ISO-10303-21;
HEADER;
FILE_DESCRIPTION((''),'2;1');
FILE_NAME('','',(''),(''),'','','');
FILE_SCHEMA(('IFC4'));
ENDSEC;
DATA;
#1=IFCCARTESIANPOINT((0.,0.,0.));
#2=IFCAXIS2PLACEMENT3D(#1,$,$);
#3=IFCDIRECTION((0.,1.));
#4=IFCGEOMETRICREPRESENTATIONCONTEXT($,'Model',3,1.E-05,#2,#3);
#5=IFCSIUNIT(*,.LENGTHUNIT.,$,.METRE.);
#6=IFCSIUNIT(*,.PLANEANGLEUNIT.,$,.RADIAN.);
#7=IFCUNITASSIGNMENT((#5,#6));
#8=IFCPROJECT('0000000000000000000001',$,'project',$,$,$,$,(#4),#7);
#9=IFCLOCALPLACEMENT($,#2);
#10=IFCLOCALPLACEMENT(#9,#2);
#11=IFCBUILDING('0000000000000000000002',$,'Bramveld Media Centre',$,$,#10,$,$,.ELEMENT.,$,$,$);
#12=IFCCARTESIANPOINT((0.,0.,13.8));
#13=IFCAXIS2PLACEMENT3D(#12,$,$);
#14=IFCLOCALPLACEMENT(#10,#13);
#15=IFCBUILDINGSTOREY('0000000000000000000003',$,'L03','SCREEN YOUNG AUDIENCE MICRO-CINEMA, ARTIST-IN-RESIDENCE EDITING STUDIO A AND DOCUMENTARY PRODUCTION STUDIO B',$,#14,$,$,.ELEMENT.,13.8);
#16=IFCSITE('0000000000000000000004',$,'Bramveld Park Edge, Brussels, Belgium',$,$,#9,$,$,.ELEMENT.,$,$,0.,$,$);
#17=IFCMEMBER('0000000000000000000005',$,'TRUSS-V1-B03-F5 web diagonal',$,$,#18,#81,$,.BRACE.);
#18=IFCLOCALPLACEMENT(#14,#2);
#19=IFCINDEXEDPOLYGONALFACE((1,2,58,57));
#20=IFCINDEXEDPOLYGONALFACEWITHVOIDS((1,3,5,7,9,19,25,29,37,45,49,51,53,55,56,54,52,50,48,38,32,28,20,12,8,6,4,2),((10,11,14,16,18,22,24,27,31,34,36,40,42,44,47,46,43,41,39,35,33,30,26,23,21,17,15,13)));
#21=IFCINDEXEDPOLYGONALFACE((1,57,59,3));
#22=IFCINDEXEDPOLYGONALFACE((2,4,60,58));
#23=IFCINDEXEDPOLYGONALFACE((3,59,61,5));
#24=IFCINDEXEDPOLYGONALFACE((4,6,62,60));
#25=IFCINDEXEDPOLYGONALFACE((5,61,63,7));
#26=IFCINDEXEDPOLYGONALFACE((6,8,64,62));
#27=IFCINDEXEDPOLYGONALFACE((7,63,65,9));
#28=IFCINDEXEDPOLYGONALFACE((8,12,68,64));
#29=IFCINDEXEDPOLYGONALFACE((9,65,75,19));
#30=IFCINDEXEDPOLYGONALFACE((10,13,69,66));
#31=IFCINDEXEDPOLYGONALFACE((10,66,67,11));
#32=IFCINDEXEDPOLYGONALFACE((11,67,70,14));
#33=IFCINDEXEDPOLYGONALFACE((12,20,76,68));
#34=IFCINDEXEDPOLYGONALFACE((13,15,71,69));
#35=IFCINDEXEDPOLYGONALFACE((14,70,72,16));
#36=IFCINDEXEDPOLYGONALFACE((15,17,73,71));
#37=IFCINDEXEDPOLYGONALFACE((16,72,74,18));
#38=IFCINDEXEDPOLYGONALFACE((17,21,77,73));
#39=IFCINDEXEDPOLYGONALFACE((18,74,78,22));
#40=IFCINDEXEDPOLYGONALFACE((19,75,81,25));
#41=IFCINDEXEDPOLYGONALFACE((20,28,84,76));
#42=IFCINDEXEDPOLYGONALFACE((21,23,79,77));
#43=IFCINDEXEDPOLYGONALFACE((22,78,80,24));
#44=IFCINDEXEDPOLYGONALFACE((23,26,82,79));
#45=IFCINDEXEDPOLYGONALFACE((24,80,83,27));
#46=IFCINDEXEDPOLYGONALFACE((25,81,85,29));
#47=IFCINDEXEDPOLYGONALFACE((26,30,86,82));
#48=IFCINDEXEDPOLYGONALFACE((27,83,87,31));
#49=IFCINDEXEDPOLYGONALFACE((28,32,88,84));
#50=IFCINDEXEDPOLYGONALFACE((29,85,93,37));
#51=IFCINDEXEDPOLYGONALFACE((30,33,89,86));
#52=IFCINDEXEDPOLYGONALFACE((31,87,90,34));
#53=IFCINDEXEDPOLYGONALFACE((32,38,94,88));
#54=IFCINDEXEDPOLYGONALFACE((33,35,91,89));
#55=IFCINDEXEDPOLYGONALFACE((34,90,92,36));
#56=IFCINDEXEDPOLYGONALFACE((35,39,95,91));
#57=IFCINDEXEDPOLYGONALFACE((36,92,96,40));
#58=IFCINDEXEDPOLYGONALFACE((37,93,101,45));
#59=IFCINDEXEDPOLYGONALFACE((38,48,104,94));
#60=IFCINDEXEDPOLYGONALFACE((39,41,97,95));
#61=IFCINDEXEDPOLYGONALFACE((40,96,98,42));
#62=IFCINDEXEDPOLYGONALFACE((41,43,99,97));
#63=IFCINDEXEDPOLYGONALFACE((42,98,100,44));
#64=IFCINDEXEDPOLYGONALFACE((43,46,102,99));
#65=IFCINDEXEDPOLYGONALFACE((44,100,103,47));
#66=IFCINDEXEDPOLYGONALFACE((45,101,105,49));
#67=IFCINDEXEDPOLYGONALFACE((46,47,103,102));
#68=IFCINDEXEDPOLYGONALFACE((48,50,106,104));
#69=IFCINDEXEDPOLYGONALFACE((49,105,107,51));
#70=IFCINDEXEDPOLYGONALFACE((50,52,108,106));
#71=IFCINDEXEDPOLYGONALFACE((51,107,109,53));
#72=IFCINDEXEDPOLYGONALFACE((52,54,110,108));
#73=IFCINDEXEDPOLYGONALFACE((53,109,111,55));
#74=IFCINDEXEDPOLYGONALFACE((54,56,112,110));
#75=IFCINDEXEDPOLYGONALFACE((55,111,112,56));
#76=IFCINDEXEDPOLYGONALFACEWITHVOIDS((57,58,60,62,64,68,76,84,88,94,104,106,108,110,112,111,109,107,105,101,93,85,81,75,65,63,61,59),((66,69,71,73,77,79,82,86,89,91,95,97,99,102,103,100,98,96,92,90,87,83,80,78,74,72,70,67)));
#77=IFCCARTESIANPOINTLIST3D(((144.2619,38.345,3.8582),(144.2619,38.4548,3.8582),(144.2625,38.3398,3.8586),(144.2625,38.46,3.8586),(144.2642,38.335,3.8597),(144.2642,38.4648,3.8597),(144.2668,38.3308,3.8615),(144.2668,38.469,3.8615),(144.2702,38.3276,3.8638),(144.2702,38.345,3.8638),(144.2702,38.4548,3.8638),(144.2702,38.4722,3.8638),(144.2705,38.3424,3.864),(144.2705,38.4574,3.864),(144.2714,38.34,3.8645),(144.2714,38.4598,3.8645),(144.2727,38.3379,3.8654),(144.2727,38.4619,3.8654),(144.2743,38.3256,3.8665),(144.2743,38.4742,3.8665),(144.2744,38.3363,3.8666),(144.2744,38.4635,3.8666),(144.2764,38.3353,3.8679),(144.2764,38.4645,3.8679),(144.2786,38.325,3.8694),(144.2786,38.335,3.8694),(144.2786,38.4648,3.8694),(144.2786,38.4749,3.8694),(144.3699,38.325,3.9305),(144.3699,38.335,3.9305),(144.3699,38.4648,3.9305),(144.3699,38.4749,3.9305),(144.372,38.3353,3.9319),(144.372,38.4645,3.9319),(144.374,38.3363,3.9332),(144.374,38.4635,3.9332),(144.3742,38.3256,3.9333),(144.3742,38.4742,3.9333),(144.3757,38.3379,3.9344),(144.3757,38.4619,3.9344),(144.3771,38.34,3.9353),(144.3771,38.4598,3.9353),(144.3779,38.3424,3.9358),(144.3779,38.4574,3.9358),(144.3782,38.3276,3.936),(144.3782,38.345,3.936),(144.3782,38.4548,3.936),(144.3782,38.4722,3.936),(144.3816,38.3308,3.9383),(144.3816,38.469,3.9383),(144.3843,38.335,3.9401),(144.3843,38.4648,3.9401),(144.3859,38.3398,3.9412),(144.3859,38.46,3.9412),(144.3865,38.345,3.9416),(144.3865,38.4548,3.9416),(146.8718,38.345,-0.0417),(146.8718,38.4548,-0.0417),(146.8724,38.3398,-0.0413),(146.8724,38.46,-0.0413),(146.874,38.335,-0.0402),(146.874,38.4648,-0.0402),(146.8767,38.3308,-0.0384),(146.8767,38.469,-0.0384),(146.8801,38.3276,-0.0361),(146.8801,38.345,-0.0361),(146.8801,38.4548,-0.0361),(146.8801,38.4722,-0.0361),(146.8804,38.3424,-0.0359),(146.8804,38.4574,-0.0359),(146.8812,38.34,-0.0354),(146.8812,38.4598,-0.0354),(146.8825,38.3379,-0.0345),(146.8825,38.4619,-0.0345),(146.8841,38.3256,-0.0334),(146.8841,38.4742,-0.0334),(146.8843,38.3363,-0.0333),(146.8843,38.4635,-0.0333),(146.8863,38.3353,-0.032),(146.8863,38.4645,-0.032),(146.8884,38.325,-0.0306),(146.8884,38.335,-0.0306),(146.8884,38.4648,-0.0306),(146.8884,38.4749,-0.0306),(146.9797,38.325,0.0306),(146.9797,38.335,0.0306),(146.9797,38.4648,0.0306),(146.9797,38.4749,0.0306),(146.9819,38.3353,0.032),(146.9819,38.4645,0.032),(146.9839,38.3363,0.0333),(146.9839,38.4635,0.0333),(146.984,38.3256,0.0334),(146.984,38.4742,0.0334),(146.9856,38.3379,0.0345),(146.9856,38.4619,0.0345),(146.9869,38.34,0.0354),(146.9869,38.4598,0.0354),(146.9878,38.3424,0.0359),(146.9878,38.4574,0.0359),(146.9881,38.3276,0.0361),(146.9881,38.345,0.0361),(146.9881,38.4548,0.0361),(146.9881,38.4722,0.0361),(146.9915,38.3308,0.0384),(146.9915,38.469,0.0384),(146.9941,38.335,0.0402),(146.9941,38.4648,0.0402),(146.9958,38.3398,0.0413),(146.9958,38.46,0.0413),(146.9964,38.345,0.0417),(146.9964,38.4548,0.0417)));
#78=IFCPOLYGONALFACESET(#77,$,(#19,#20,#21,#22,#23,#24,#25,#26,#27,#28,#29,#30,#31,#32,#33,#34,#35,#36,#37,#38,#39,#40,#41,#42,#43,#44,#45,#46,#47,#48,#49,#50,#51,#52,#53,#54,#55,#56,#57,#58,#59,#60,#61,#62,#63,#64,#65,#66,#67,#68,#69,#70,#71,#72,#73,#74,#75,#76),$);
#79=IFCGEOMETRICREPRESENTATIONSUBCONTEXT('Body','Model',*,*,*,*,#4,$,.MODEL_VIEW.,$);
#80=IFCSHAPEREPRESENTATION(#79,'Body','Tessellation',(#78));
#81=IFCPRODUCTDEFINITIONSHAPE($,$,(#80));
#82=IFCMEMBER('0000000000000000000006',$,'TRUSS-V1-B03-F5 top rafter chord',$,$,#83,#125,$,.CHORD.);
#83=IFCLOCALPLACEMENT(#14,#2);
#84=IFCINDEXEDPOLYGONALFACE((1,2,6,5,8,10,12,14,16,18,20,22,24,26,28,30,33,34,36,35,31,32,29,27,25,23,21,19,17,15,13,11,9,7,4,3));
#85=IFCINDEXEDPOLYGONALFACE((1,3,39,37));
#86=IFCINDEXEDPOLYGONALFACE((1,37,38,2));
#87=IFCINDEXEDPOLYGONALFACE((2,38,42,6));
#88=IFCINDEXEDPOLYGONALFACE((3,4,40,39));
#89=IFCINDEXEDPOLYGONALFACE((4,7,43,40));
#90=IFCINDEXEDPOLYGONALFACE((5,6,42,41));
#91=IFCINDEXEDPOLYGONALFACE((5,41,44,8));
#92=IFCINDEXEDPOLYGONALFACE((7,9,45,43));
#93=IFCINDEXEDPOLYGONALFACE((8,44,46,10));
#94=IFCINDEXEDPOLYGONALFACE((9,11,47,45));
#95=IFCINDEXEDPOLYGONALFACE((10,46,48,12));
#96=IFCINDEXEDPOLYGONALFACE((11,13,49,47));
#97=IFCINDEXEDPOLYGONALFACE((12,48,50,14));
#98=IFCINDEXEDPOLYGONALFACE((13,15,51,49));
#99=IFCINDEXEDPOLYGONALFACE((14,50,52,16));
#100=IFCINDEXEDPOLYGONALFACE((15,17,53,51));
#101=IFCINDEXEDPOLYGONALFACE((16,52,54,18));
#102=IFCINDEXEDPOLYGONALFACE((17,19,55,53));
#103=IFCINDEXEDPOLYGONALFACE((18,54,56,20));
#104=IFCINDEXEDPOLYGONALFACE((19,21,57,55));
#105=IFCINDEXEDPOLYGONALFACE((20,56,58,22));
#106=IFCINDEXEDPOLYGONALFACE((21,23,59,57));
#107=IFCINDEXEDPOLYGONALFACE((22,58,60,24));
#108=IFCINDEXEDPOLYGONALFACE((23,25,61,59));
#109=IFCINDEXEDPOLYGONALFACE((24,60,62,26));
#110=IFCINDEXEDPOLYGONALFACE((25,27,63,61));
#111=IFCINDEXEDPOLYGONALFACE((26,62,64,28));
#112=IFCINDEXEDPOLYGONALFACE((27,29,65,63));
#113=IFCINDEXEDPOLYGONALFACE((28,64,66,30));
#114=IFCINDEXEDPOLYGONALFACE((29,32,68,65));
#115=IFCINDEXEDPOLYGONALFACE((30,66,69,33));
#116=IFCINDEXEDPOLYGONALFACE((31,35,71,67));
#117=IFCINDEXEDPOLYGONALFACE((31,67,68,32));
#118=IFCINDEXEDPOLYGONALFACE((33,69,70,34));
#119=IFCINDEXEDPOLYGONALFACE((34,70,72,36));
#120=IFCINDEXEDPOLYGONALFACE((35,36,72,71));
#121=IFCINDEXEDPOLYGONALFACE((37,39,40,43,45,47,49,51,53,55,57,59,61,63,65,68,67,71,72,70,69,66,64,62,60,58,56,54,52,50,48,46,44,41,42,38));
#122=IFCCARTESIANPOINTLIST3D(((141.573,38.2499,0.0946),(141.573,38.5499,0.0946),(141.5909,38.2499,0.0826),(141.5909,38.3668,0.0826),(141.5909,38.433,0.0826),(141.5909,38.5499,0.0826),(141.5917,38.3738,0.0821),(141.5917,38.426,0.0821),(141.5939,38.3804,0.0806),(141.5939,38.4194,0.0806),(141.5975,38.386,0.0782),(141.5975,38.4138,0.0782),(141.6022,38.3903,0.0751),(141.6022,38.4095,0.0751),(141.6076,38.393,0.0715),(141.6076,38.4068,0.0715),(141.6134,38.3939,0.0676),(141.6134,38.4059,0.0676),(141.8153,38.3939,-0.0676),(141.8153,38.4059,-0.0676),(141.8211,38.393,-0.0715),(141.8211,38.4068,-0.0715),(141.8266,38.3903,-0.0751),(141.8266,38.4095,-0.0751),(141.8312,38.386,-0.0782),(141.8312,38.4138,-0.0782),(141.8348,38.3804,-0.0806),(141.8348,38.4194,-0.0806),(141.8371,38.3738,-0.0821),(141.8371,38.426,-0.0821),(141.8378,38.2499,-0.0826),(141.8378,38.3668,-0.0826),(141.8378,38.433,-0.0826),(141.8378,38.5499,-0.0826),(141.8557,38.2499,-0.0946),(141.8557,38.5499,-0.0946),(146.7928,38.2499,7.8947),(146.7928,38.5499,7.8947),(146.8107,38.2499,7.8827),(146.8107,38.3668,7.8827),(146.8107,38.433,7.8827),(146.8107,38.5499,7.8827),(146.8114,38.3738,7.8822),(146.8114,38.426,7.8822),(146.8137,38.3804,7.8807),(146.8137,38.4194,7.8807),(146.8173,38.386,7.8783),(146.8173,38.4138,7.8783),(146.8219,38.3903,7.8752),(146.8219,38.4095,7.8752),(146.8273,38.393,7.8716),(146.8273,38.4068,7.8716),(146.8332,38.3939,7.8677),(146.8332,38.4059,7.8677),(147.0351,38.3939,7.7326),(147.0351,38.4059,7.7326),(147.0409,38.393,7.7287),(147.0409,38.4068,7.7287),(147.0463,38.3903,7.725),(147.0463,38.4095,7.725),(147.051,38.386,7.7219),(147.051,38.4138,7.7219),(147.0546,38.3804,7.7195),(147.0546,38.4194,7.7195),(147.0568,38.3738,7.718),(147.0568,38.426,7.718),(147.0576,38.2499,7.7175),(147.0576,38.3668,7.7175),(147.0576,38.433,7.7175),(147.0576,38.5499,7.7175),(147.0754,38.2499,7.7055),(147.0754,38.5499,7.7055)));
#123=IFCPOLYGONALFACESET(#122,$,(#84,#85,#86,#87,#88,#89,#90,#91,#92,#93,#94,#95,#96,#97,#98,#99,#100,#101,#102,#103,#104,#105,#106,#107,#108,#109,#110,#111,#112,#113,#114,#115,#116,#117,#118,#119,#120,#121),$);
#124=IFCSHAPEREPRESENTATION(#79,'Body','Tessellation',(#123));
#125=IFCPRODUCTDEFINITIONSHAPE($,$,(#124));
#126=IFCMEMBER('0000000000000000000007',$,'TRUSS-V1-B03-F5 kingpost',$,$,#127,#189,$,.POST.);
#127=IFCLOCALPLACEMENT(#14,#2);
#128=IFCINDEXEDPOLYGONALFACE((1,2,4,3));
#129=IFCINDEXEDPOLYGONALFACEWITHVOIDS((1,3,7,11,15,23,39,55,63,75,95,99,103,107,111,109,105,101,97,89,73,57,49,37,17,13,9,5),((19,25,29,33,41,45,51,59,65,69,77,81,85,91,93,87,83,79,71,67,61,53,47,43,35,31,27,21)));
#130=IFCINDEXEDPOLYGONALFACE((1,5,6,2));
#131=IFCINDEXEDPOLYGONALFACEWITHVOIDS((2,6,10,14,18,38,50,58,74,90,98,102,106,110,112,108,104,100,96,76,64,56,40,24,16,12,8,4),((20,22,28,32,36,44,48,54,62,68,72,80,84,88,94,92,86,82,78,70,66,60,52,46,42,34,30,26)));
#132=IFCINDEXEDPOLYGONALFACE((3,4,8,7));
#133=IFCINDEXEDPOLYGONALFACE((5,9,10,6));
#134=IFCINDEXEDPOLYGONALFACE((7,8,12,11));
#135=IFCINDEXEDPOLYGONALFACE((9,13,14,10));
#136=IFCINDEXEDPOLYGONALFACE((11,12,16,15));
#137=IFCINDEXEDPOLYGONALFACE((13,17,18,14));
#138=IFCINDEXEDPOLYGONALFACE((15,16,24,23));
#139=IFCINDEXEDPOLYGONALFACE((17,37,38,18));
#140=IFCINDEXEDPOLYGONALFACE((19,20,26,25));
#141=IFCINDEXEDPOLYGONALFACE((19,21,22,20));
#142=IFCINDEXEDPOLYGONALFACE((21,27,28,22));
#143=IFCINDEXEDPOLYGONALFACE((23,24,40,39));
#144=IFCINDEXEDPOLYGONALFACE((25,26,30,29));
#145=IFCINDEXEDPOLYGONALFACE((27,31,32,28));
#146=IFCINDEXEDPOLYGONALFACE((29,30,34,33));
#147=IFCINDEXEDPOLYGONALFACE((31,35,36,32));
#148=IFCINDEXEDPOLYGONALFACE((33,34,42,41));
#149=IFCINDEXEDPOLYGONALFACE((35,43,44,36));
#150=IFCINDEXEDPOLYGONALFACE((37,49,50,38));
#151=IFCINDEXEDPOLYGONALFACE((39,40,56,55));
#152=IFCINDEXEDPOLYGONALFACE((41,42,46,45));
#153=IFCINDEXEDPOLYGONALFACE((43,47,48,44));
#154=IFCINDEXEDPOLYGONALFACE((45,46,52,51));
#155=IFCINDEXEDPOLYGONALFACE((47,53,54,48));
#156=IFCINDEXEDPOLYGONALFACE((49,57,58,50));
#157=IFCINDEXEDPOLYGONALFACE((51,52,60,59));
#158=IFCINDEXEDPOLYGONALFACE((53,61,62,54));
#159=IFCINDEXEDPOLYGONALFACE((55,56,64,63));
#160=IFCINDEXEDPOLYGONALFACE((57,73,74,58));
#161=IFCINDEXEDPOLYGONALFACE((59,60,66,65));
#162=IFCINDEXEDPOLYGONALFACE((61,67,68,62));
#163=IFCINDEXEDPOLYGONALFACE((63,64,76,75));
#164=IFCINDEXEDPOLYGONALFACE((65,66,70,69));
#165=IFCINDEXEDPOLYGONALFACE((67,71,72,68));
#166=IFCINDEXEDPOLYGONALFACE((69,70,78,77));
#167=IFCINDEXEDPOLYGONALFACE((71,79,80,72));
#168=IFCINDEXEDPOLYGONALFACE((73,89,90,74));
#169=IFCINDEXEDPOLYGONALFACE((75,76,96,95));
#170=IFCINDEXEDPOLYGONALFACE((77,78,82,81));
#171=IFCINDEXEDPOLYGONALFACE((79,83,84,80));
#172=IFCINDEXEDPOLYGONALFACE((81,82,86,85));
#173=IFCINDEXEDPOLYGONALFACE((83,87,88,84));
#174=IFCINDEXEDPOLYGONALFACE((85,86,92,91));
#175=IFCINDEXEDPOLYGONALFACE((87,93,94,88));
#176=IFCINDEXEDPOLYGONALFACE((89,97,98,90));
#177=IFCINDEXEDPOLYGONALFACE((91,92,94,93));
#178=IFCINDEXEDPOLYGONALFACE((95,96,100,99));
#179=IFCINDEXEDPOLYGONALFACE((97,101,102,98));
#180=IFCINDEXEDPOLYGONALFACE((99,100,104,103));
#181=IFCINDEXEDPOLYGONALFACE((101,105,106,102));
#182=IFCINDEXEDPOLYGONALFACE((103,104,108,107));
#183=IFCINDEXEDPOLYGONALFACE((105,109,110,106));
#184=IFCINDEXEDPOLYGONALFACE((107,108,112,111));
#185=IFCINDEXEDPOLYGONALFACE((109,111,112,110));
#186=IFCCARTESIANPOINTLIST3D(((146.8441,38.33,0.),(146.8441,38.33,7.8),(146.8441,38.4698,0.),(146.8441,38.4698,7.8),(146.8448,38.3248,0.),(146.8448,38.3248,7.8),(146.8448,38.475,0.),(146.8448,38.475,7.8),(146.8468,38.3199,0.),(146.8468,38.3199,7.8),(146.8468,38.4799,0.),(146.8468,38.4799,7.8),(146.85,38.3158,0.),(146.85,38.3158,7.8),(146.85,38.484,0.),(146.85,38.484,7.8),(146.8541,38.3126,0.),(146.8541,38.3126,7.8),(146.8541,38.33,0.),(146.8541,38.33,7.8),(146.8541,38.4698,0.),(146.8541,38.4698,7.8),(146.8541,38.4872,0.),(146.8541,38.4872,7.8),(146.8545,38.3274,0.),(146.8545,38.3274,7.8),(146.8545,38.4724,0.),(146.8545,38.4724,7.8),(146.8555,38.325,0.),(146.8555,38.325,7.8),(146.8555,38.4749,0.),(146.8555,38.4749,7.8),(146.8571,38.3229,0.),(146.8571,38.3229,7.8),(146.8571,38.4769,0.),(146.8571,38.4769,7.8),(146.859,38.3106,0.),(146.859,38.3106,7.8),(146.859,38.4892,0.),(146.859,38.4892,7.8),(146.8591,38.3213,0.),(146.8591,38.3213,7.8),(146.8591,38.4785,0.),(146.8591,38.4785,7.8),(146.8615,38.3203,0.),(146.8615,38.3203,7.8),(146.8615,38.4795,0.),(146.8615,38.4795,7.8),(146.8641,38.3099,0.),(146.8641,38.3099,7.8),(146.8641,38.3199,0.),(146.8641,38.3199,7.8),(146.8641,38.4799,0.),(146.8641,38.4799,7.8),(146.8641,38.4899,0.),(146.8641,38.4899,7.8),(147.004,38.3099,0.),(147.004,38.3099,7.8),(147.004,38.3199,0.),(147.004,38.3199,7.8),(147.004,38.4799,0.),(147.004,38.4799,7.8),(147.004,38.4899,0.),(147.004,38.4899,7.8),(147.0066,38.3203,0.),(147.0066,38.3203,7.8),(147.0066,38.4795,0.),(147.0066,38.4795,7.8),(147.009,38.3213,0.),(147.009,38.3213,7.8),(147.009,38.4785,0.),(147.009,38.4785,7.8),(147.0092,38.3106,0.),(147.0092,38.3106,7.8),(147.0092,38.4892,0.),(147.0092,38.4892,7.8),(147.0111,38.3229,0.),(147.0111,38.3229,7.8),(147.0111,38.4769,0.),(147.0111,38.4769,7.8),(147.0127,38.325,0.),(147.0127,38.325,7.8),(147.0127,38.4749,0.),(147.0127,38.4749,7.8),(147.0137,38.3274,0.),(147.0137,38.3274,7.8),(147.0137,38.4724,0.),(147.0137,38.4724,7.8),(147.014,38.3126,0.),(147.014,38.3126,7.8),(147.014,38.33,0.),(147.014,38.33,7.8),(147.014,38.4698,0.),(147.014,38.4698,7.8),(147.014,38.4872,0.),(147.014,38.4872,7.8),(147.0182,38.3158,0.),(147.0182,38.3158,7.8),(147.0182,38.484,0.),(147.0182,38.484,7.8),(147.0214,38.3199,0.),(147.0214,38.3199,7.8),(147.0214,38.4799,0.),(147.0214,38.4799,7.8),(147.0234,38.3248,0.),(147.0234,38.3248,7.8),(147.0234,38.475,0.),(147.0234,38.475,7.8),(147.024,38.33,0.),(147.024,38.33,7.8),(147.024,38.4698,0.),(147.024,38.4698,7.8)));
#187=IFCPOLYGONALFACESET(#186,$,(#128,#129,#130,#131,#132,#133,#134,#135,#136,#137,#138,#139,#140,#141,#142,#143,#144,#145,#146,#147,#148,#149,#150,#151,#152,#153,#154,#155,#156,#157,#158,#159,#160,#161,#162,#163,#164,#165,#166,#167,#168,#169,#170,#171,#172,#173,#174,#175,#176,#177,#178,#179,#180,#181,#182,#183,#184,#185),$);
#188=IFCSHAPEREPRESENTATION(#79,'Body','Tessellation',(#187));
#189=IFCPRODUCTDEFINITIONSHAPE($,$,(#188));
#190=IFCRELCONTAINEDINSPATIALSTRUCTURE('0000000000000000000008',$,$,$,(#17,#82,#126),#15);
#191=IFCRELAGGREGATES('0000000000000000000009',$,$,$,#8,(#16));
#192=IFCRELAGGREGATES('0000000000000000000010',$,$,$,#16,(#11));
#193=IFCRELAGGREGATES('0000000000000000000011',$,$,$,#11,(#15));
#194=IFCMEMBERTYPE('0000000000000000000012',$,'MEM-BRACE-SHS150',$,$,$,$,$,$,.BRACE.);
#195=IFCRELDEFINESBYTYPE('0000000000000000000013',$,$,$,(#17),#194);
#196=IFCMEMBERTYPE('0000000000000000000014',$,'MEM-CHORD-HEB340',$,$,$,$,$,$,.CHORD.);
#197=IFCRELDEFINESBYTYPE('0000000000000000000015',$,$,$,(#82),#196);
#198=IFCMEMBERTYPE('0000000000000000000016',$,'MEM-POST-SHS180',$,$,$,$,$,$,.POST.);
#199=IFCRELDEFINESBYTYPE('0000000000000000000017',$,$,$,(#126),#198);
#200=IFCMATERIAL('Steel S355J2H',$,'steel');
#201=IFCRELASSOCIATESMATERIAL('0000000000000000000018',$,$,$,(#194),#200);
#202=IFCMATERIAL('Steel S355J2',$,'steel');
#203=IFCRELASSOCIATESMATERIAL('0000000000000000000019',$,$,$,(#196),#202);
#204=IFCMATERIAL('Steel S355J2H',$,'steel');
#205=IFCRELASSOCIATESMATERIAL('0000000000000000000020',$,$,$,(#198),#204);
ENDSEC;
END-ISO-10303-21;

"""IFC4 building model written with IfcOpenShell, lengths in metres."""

from ifc_helpers import new_model, si_unit, direction, frame, origin, origin_2d, place, context, subcontext, project, spatial, hollow_rectangle, i_section, extrude, material, material_profile, profile_set, type_object, element, save


model = new_model("IFC4")

# Units and contexts
model_context = context("Model", 3, precision=1e-05, world=origin(), true_north=direction((0.0, 1.0)))
body_context = subcontext(model_context, "Body", "Model", "MODEL_VIEW")
ifc_project = project(units=[si_unit("LENGTHUNIT", "METRE"), si_unit("PLANEANGLEUNIT", "RADIAN")], contexts=[model_context])

# Site, building, storey
site_placement = place(None, origin())
site = spatial("IfcSite", under=ifc_project, at=site_placement, Name="Bramveld Park Edge, Brussels, Belgium", CompositionType="ELEMENT", RefElevation=0.0)
building_placement = place(site_placement, origin())
building = spatial("IfcBuilding", under=site, at=building_placement, Name="Bramveld Media Centre", CompositionType="ELEMENT")
storey_placement = place(building_placement, frame((0.0, 0.0, 13.8)))
storey = spatial("IfcBuildingStorey", under=building, at=storey_placement, Name="L03", Description="SCREEN YOUNG AUDIENCE MICRO-CINEMA, ARTIST-IN-RESIDENCE EDITING STUDIO A AND DOCUMENTARY PRODUCTION STUDIO B", CompositionType="ELEMENT", Elevation=13.8)

# Members
ifc_material_1 = material(Name="Steel S355J2H", Category="steel")
ifc_material_profile_1 = material_profile(ifc_material_1, hollow_rectangle(XDim=0.1499, YDim=0.1499, WallThickness=0.01, InnerFilletRadius=0.01, OuterFilletRadius=0.02, at=origin_2d()), Name="SHS 150x150x10")
ifc_profile_set_1 = profile_set([ifc_material_profile_1], Name="Steel S355J2H")
member_type_1 = type_object("IfcMemberType", Name="MEM-BRACE-SHS150", PredefinedType="BRACE", material=ifc_profile_set_1)
member_1_placement = place(storey_placement, frame((146.9341, 38.3999, 0.0), z_axis=(-0.556164, 0.0, 0.831073), x_axis=(0.0, -1.0, 0.0)))
element("IfcMember", 1, at=member_1_placement, inside=storey, type_object=member_type_1, Name="TRUSS-V1-B03-F5 web diagonal", PredefinedType="BRACE", context=body_context, shape_type="SweptSolid", body=[
    extrude(hollow_rectangle(XDim=0.1499, YDim=0.1499, WallThickness=0.01, InnerFilletRadius=0.01, OuterFilletRadius=0.02, at=origin_2d()), origin(), (0.0, 0.0, 1.0), 4.6926),
])
ifc_material_2 = material(Name="Steel S355J2", Category="steel")
ifc_material_profile_2 = material_profile(ifc_material_2, i_section(OverallWidth=0.3, OverallDepth=0.3401, WebThickness=0.012, FlangeThickness=0.0215, FilletRadius=0.0271, at=origin_2d()), Name="HEB 340")
ifc_profile_set_2 = profile_set([ifc_material_profile_2], Name="Steel S355J2")
member_type_2 = type_object("IfcMemberType", Name="MEM-CHORD-HEB340", PredefinedType="CHORD", material=ifc_profile_set_2)
member_2_placement = place(storey_placement, frame((141.7144, 38.3999, 0.0), z_axis=(0.556152, 0.0, 0.831081), x_axis=(0.0, 1.0, 0.0)))
element("IfcMember", 2, at=member_2_placement, inside=storey, type_object=member_type_2, Name="TRUSS-V1-B03-F5 top rafter chord", PredefinedType="CHORD", context=body_context, shape_type="SweptSolid", body=[
    extrude(i_section(OverallWidth=0.3, OverallDepth=0.3401, WebThickness=0.012, FlangeThickness=0.0215, FilletRadius=0.0271, at=origin_2d()), origin(), (0.0, 0.0, 1.0), 9.3855),
])
ifc_material_3 = material(Name="Steel S355J2H", Category="steel")
ifc_material_profile_3 = material_profile(ifc_material_3, hollow_rectangle(XDim=0.1799, YDim=0.1799, WallThickness=0.01, InnerFilletRadius=0.01, OuterFilletRadius=0.02, at=origin_2d()), Name="SHS 180x180x10")
ifc_profile_set_3 = profile_set([ifc_material_profile_3], Name="Steel S355J2H")
member_type_3 = type_object("IfcMemberType", Name="MEM-POST-SHS180", PredefinedType="POST", material=ifc_profile_set_3)
member_3_placement = place(storey_placement, frame((146.9341, 38.3999, 0.0), z_axis=(0.0, 0.0, 1.0), x_axis=(1.0, 0.0, 0.0)))
element("IfcMember", 3, at=member_3_placement, inside=storey, type_object=member_type_3, Name="TRUSS-V1-B03-F5 kingpost", PredefinedType="POST", context=body_context, shape_type="SweptSolid", body=[
    extrude(hollow_rectangle(XDim=0.1799, YDim=0.1799, WallThickness=0.01, InnerFilletRadius=0.01, OuterFilletRadius=0.02, at=origin_2d()), origin(), (0.0, 0.0, 1.0), 7.8),
])

save(model, "model.ifc")
